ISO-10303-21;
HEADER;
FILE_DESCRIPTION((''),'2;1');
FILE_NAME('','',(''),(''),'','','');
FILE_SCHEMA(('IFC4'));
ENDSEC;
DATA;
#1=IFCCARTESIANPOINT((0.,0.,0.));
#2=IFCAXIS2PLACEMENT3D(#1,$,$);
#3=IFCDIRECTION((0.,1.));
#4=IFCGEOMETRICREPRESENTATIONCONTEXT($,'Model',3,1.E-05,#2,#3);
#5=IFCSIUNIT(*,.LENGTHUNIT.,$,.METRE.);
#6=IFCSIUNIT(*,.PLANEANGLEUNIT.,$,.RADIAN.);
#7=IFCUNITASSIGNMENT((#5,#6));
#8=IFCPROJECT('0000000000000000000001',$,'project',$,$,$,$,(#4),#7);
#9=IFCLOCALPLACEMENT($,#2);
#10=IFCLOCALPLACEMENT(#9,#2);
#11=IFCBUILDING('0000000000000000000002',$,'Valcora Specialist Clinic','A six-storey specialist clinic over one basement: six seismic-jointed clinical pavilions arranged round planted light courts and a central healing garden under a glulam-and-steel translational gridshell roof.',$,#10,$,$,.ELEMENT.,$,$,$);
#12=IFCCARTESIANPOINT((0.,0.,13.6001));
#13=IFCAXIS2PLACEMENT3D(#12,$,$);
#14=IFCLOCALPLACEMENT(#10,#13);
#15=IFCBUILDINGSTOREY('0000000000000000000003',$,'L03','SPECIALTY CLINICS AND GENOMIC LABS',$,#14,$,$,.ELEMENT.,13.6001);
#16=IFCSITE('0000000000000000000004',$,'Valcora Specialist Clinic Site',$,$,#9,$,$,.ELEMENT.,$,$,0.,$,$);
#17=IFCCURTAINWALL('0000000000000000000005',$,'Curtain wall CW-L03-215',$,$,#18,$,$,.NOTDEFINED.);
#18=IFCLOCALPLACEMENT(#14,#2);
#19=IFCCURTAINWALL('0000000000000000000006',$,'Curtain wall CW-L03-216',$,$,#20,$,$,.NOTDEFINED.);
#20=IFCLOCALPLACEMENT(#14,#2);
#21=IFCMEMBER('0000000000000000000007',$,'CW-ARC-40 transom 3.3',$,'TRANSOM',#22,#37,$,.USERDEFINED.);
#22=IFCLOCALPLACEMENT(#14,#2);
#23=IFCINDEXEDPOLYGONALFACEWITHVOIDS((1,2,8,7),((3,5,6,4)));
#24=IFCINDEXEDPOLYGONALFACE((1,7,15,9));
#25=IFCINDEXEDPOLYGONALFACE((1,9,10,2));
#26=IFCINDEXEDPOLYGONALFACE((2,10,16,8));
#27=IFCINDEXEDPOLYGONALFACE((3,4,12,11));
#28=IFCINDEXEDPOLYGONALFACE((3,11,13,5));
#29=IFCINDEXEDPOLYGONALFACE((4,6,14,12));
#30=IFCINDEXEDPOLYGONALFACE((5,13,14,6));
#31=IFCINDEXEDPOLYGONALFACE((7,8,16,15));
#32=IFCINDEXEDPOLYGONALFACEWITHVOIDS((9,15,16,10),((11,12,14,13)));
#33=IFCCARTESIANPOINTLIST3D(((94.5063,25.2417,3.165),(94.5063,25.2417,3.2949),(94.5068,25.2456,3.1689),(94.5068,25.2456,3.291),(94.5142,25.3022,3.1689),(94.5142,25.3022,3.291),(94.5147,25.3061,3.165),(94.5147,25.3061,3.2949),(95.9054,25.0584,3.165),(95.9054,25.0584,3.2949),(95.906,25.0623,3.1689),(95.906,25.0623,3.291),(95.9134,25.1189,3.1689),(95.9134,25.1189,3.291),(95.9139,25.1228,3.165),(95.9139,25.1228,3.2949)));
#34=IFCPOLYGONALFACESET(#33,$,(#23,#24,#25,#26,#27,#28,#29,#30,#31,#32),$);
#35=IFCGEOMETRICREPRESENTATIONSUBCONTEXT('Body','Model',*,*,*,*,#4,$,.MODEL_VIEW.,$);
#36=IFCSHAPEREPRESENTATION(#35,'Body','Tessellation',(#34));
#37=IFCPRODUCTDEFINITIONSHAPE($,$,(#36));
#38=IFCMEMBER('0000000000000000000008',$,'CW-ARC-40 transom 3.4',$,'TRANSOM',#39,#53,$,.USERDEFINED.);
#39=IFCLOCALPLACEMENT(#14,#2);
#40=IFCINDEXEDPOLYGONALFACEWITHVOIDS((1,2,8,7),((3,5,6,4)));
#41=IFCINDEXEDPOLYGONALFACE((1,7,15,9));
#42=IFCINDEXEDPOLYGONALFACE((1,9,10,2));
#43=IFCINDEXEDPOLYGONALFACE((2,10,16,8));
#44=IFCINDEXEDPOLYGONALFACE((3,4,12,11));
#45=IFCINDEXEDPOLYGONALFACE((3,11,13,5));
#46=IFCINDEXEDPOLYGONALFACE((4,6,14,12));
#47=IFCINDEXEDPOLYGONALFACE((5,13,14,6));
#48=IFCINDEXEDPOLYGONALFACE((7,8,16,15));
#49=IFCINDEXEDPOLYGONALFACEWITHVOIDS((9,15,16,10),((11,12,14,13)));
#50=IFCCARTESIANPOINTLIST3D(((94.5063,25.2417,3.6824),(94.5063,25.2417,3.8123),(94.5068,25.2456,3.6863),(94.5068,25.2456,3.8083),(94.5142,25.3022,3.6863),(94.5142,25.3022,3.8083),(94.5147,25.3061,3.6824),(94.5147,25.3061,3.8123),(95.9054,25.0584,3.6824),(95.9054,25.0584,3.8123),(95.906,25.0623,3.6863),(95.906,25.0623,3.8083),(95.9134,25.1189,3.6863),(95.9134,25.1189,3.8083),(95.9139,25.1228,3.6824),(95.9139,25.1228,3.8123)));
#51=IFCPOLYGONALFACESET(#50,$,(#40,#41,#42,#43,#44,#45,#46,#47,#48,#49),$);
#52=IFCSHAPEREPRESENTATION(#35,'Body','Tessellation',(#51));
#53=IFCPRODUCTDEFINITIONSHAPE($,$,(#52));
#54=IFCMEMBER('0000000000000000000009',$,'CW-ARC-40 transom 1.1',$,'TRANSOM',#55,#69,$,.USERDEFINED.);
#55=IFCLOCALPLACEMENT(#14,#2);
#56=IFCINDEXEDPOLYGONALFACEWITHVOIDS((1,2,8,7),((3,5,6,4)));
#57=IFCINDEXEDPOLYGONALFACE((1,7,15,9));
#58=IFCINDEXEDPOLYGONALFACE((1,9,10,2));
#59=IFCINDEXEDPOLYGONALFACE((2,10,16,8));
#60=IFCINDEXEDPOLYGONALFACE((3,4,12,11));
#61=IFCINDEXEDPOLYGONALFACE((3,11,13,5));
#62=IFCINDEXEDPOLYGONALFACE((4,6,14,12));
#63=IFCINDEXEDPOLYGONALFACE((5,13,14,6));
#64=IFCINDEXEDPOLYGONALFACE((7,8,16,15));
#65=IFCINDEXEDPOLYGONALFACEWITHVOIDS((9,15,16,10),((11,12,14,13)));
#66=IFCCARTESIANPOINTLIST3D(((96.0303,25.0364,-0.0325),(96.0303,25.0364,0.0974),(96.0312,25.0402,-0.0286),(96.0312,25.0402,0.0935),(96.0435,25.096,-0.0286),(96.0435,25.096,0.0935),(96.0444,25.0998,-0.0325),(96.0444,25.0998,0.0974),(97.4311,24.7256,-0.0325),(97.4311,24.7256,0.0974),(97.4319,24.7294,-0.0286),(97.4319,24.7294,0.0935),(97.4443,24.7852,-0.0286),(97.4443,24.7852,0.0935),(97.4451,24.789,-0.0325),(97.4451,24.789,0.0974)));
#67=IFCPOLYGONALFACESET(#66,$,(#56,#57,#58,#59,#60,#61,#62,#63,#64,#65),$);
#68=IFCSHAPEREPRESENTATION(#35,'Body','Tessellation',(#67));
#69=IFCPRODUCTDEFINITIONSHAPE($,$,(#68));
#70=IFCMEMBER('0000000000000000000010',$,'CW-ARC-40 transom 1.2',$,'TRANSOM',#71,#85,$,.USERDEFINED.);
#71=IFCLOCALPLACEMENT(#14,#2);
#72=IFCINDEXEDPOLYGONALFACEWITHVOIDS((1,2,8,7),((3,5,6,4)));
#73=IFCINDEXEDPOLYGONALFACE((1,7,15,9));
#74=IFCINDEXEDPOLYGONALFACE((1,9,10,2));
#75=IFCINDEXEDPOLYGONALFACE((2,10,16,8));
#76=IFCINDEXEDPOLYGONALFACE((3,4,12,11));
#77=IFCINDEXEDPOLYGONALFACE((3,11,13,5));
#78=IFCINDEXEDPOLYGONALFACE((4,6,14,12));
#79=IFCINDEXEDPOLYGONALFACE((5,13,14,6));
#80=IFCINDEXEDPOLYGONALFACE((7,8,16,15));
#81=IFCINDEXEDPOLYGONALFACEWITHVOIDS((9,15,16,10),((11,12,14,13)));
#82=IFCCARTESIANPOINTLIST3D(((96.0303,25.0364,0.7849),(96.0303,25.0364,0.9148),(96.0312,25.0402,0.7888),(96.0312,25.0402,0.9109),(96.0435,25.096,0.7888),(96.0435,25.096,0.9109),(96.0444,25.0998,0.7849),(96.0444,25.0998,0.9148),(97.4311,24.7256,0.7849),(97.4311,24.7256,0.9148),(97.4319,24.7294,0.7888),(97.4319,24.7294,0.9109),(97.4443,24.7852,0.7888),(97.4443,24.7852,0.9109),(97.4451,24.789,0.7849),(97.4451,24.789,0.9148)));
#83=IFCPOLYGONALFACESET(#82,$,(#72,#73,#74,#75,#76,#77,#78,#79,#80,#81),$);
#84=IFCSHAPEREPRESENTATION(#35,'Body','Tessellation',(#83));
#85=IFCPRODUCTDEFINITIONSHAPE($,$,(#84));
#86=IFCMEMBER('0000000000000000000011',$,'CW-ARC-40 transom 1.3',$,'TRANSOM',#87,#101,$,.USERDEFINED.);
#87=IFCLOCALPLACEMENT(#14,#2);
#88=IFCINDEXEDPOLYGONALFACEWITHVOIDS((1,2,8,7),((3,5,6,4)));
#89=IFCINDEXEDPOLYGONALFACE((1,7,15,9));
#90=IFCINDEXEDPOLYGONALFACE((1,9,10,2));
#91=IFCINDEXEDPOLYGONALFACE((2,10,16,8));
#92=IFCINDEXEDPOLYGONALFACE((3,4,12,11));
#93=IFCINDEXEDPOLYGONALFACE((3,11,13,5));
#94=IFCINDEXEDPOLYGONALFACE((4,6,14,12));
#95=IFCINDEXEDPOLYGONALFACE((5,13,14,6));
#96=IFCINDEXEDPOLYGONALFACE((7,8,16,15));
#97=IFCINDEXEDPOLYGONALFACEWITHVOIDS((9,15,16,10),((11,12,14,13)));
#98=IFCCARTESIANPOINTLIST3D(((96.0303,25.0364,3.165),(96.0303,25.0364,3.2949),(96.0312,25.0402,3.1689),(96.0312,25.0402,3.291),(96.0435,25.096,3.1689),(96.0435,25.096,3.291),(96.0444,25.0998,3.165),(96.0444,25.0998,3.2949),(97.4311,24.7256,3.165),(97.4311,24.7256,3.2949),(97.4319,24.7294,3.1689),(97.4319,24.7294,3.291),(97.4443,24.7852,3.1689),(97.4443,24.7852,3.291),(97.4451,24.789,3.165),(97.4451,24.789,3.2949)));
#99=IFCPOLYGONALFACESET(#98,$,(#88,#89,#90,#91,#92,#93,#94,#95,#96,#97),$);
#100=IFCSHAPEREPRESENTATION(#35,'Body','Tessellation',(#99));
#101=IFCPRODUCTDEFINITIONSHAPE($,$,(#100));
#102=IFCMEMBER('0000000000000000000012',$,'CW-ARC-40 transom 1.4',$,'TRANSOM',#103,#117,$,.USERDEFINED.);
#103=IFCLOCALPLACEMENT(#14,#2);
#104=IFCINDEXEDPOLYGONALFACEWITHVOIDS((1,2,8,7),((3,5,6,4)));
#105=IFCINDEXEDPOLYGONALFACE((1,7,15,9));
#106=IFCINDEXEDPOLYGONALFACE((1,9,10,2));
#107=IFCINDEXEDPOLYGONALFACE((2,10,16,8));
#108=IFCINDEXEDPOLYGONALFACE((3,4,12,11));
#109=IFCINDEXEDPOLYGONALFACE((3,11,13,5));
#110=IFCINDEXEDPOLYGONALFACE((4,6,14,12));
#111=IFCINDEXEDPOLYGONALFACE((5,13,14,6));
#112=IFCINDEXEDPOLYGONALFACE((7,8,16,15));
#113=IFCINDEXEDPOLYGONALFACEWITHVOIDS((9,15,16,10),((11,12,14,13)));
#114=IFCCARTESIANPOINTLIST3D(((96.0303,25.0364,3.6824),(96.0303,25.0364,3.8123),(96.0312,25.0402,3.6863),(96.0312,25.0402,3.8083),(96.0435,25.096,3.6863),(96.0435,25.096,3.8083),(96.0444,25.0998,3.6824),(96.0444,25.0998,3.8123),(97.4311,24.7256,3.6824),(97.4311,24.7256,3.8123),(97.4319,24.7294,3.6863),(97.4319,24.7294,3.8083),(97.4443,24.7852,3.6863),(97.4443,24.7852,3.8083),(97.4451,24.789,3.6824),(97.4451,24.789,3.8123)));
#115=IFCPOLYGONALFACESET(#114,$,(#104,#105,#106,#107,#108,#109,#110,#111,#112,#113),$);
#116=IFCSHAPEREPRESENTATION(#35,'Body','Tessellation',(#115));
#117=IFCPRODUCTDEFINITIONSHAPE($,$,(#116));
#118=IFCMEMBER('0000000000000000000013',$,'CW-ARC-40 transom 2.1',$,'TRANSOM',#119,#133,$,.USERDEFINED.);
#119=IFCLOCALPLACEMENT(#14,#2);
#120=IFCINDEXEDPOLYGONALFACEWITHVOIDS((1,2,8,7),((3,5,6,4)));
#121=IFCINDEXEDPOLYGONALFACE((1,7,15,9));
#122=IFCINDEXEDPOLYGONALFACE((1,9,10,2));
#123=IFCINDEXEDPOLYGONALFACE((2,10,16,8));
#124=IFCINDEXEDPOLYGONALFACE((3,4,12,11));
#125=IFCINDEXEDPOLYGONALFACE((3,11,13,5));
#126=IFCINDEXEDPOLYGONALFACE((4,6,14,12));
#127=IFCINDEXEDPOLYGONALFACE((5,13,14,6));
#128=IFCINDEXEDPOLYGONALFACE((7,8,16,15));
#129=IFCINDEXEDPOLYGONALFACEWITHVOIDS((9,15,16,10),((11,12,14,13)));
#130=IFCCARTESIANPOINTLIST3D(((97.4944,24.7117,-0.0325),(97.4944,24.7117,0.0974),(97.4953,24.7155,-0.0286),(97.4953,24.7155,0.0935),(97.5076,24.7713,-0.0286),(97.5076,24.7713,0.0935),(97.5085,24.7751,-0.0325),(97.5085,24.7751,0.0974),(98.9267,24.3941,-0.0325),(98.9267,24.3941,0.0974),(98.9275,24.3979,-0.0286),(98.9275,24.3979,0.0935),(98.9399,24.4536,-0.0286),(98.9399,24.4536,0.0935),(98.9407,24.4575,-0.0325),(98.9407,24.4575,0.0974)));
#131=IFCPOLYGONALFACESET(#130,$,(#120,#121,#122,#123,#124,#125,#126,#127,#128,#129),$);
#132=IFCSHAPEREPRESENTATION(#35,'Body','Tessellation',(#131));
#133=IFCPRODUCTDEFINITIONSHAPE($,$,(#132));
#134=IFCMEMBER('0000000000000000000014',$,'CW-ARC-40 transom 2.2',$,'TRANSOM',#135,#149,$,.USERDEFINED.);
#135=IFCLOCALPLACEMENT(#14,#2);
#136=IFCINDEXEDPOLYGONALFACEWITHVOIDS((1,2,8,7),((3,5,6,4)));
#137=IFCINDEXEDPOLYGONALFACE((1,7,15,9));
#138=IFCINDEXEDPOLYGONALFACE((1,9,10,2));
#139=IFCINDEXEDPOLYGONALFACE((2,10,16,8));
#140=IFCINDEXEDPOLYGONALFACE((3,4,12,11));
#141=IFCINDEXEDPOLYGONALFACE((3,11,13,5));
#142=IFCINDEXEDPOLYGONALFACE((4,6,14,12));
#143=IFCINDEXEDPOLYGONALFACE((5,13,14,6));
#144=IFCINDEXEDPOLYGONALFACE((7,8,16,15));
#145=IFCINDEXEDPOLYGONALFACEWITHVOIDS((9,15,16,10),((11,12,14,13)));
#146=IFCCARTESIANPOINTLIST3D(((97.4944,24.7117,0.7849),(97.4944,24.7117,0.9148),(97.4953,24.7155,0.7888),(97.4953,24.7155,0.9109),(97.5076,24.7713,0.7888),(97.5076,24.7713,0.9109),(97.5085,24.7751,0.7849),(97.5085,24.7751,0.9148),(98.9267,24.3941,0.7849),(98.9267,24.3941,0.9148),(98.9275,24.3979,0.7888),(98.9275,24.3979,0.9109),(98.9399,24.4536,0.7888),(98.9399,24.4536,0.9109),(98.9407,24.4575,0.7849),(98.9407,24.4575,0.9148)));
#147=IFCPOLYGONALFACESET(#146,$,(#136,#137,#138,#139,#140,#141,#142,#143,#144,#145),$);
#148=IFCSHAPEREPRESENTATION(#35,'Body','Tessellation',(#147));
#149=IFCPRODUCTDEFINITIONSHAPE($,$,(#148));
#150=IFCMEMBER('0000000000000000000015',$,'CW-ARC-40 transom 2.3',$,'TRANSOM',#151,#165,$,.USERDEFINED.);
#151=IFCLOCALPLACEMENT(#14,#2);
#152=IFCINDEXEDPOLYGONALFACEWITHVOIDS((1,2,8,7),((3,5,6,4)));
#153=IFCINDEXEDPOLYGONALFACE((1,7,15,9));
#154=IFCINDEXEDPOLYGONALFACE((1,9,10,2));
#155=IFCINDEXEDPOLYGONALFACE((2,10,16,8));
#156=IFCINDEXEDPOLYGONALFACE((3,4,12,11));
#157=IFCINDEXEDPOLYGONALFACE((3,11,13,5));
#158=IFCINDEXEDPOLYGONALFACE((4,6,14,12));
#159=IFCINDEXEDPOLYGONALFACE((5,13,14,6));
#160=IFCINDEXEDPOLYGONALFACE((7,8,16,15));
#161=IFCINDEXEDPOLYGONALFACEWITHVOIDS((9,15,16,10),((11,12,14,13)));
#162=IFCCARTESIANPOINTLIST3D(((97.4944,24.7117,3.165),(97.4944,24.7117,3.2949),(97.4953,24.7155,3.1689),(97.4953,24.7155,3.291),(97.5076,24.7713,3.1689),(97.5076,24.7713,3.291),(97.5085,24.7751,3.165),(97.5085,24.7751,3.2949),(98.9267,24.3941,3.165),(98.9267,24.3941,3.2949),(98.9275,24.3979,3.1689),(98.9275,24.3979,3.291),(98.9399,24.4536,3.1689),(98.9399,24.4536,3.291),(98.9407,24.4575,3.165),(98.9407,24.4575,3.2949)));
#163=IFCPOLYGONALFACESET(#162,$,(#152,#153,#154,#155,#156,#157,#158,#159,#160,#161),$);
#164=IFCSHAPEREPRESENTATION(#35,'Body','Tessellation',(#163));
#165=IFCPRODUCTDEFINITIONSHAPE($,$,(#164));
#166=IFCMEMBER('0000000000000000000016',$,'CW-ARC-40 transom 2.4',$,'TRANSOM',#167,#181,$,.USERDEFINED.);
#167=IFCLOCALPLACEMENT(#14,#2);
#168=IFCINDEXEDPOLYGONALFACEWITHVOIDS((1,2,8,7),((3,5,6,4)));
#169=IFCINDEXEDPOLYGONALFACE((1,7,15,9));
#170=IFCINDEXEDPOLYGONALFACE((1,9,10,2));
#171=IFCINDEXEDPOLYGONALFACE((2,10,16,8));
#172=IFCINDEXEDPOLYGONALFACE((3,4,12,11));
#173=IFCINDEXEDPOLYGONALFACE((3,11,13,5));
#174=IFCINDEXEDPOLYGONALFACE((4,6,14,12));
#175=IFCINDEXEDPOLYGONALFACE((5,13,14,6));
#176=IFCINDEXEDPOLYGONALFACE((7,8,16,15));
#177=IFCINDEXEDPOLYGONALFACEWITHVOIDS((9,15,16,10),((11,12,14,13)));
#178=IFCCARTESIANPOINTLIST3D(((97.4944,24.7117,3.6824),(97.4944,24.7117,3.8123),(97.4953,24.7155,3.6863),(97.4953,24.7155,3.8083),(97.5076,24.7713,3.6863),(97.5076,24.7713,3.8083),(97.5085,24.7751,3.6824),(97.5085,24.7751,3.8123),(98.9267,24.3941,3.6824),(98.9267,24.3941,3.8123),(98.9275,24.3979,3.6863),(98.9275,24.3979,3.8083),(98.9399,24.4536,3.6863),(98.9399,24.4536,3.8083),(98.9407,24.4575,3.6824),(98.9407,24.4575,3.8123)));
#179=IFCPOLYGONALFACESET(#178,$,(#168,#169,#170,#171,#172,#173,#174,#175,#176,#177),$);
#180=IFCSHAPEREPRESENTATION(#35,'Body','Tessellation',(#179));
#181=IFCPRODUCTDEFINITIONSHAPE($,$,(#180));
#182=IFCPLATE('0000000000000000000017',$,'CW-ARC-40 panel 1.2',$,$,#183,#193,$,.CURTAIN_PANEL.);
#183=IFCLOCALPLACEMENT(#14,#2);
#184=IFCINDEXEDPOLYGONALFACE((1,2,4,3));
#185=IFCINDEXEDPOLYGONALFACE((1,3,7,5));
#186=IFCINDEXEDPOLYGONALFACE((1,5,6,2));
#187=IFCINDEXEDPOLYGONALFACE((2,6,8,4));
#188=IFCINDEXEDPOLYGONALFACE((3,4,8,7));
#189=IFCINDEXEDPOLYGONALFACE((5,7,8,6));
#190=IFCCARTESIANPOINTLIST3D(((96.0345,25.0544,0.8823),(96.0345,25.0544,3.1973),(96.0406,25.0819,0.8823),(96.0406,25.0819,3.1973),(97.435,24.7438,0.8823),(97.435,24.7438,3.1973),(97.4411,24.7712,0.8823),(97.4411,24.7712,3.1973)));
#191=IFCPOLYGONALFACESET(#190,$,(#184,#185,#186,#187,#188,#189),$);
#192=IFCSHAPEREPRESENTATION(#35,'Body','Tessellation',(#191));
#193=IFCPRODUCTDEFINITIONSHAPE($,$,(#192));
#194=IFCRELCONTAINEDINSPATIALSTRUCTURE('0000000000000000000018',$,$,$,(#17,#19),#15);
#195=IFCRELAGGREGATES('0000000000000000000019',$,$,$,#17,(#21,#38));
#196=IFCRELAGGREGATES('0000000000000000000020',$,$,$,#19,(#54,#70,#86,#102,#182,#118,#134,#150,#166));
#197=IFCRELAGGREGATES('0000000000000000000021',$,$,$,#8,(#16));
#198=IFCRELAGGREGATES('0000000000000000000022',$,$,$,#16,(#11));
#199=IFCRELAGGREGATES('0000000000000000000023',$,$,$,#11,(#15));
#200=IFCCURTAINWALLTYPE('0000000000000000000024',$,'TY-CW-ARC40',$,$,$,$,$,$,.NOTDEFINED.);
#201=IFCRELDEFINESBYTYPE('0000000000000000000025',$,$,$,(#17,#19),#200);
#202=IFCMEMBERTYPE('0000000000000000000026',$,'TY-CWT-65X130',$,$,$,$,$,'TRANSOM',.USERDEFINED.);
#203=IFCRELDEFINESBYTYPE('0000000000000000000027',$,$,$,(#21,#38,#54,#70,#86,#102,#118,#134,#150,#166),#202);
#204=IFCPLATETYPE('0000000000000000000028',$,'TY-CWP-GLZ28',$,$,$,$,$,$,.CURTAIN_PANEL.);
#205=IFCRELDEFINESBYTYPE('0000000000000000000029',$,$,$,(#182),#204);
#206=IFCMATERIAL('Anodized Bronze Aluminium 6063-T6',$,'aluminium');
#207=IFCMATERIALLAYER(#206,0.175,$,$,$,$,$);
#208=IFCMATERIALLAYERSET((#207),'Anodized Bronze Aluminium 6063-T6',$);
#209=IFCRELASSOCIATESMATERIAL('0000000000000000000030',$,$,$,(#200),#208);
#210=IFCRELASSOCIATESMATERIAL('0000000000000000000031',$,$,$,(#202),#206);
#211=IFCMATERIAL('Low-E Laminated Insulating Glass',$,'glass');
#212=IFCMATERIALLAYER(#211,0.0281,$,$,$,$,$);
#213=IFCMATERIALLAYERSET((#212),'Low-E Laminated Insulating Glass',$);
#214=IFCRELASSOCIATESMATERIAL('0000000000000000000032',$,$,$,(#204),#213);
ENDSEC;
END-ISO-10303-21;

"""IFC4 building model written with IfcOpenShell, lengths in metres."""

from ifc_helpers import new_model, si_unit, direction, frame, origin, origin_2d, place, context, subcontext, project, spatial, rectangle, hollow_rectangle, extrude, material, layer, layer_set, material_profile, profile_set, type_object, element, aggregate, save


model = new_model("IFC4")

# Units and contexts
model_context = context("Model", 3, precision=1e-05, world=origin(), true_north=direction((0.0, 1.0)))
body_context = subcontext(model_context, "Body", "Model", "MODEL_VIEW")
ifc_project = project(units=[si_unit("LENGTHUNIT", "METRE"), si_unit("PLANEANGLEUNIT", "RADIAN")], contexts=[model_context])

# Site, building, storey
site_placement = place(None, origin())
site = spatial("IfcSite", under=ifc_project, at=site_placement, Name="Valcora Specialist Clinic Site", CompositionType="ELEMENT", RefElevation=0.0)
building_placement = place(site_placement, origin())
building = spatial("IfcBuilding", under=site, at=building_placement, Name="Valcora Specialist Clinic", Description="A six-storey specialist clinic over one basement: six seismic-jointed clinical pavilions arranged round planted light courts and a central healing garden under a glulam-and-steel translational gridshell roof.", CompositionType="ELEMENT")
storey_placement = place(building_placement, frame((0.0, 0.0, 13.6001)))
storey = spatial("IfcBuildingStorey", under=building, at=storey_placement, Name="L03", Description="SPECIALTY CLINICS AND GENOMIC LABS", CompositionType="ELEMENT", Elevation=13.6001)

# Curtain walls
ifc_material_1 = material(Name="Anodized Bronze Aluminium 6063-T6", Category="aluminium")
ifc_layer_1 = layer(ifc_material_1, 0.175)
ifc_layer_set_1 = layer_set([ifc_layer_1], Name="Anodized Bronze Aluminium 6063-T6")
curtain_wall_type = type_object("IfcCurtainWallType", Name="TY-CW-ARC40", PredefinedType="NOTDEFINED", material=ifc_layer_set_1)
curtain_wall_1_placement = place(storey_placement, origin())
curtain_wall_1 = element("IfcCurtainWall", 1, at=curtain_wall_1_placement, inside=storey, type_object=curtain_wall_type, Name="Curtain wall CW-L03-215", PredefinedType="NOTDEFINED")
curtain_wall_2_placement = place(storey_placement, origin())
curtain_wall_2 = element("IfcCurtainWall", 2, at=curtain_wall_2_placement, inside=storey, type_object=curtain_wall_type, Name="Curtain wall CW-L03-216", PredefinedType="NOTDEFINED")

# Members
ifc_material_profile_1 = material_profile(ifc_material_1, hollow_rectangle(XDim=0.0649, YDim=0.1299, WallThickness=0.0039, at=origin_2d()), Name="AL-TRN-65X130")
ifc_profile_set_1 = profile_set([ifc_material_profile_1], Name="Anodized Bronze Aluminium 6063-T6")
member_type_1 = type_object("IfcMemberType", Name="TY-CWT-65X130", ElementType="TRANSOM", PredefinedType="USERDEFINED", material=ifc_profile_set_1)
member_1_placement = place(storey_placement, frame((94.5105, 25.2739, 3.23), z_axis=(0.991523, -0.129931, 0.0), x_axis=(0.129931, 0.991523, 0.0)))
member_1 = element("IfcMember", 3, at=member_1_placement, type_object=member_type_1, Name="CW-ARC-40 transom 3.3", ObjectType="TRANSOM", PredefinedType="USERDEFINED", context=body_context, shape_type="SweptSolid", body=[
    extrude(hollow_rectangle(XDim=0.0649, YDim=0.1299, WallThickness=0.0039, at=origin_2d()), origin(), (0.0, 0.0, 1.0), 1.4111),
])
member_2_placement = place(storey_placement, frame((94.5105, 25.2739, 3.7473), z_axis=(0.991523, -0.129931, 0.0), x_axis=(0.129931, 0.991523, 0.0)))
member_2 = element("IfcMember", 4, at=member_2_placement, type_object=member_type_1, Name="CW-ARC-40 transom 3.4", ObjectType="TRANSOM", PredefinedType="USERDEFINED", context=body_context, shape_type="SweptSolid", body=[
    extrude(hollow_rectangle(XDim=0.0649, YDim=0.1299, WallThickness=0.0039, at=origin_2d()), origin(), (0.0, 0.0, 1.0), 1.4111),
])
member_3_placement = place(storey_placement, frame((96.0374, 25.0681, 0.0325), z_axis=(0.976255, -0.216624, 0.0), x_axis=(0.216624, 0.976255, 0.0)))
member_3 = element("IfcMember", 5, at=member_3_placement, type_object=member_type_1, Name="CW-ARC-40 transom 1.1", ObjectType="TRANSOM", PredefinedType="USERDEFINED", context=body_context, shape_type="SweptSolid", body=[
    extrude(hollow_rectangle(XDim=0.0649, YDim=0.1299, WallThickness=0.0039, at=origin_2d()), origin(), (0.0, 0.0, 1.0), 1.4348),
])
member_4_placement = place(storey_placement, frame((96.0374, 25.0681, 0.8499), z_axis=(0.976255, -0.216624, 0.0), x_axis=(0.216624, 0.976255, 0.0)))
member_4 = element("IfcMember", 6, at=member_4_placement, type_object=member_type_1, Name="CW-ARC-40 transom 1.2", ObjectType="TRANSOM", PredefinedType="USERDEFINED", context=body_context, shape_type="SweptSolid", body=[
    extrude(hollow_rectangle(XDim=0.0649, YDim=0.1299, WallThickness=0.0039, at=origin_2d()), origin(), (0.0, 0.0, 1.0), 1.4348),
])
member_5_placement = place(storey_placement, frame((96.0374, 25.0681, 3.23), z_axis=(0.976255, -0.216624, 0.0), x_axis=(0.216624, 0.976255, 0.0)))
member_5 = element("IfcMember", 7, at=member_5_placement, type_object=member_type_1, Name="CW-ARC-40 transom 1.3", ObjectType="TRANSOM", PredefinedType="USERDEFINED", context=body_context, shape_type="SweptSolid", body=[
    extrude(hollow_rectangle(XDim=0.0649, YDim=0.1299, WallThickness=0.0039, at=origin_2d()), origin(), (0.0, 0.0, 1.0), 1.4348),
])
member_6_placement = place(storey_placement, frame((96.0374, 25.0681, 3.7473), z_axis=(0.976255, -0.216624, 0.0), x_axis=(0.216624, 0.976255, 0.0)))
member_6 = element("IfcMember", 8, at=member_6_placement, type_object=member_type_1, Name="CW-ARC-40 transom 1.4", ObjectType="TRANSOM", PredefinedType="USERDEFINED", context=body_context, shape_type="SweptSolid", body=[
    extrude(hollow_rectangle(XDim=0.0649, YDim=0.1299, WallThickness=0.0039, at=origin_2d()), origin(), (0.0, 0.0, 1.0), 1.4348),
])
member_7_placement = place(storey_placement, frame((97.5015, 24.7434, 0.0325), z_axis=(0.976277, -0.216525, 0.0), x_axis=(0.216525, 0.976277, 0.0)))
member_7 = element("IfcMember", 9, at=member_7_placement, type_object=member_type_1, Name="CW-ARC-40 transom 2.1", ObjectType="TRANSOM", PredefinedType="USERDEFINED", context=body_context, shape_type="SweptSolid", body=[
    extrude(hollow_rectangle(XDim=0.0649, YDim=0.1299, WallThickness=0.0039, at=origin_2d()), origin(), (0.0, 0.0, 1.0), 1.467),
])
member_8_placement = place(storey_placement, frame((97.5015, 24.7434, 0.8499), z_axis=(0.976277, -0.216525, 0.0), x_axis=(0.216525, 0.976277, 0.0)))
member_8 = element("IfcMember", 10, at=member_8_placement, type_object=member_type_1, Name="CW-ARC-40 transom 2.2", ObjectType="TRANSOM", PredefinedType="USERDEFINED", context=body_context, shape_type="SweptSolid", body=[
    extrude(hollow_rectangle(XDim=0.0649, YDim=0.1299, WallThickness=0.0039, at=origin_2d()), origin(), (0.0, 0.0, 1.0), 1.467),
])
member_9_placement = place(storey_placement, frame((97.5015, 24.7434, 3.23), z_axis=(0.976277, -0.216525, 0.0), x_axis=(0.216525, 0.976277, 0.0)))
member_9 = element("IfcMember", 11, at=member_9_placement, type_object=member_type_1, Name="CW-ARC-40 transom 2.3", ObjectType="TRANSOM", PredefinedType="USERDEFINED", context=body_context, shape_type="SweptSolid", body=[
    extrude(hollow_rectangle(XDim=0.0649, YDim=0.1299, WallThickness=0.0039, at=origin_2d()), origin(), (0.0, 0.0, 1.0), 1.467),
])
member_10_placement = place(storey_placement, frame((97.5015, 24.7434, 3.7473), z_axis=(0.976277, -0.216525, 0.0), x_axis=(0.216525, 0.976277, 0.0)))
member_10 = element("IfcMember", 12, at=member_10_placement, type_object=member_type_1, Name="CW-ARC-40 transom 2.4", ObjectType="TRANSOM", PredefinedType="USERDEFINED", context=body_context, shape_type="SweptSolid", body=[
    extrude(hollow_rectangle(XDim=0.0649, YDim=0.1299, WallThickness=0.0039, at=origin_2d()), origin(), (0.0, 0.0, 1.0), 1.467),
])

# Plate
ifc_material_2 = material(Name="Low-E Laminated Insulating Glass", Category="glass")
ifc_layer_2 = layer(ifc_material_2, 0.0281)
ifc_layer_set_2 = layer_set([ifc_layer_2], Name="Low-E Laminated Insulating Glass")
plate_type_1 = type_object("IfcPlateType", Name="TY-CWP-GLZ28", PredefinedType="CURTAIN_PANEL", material=ifc_layer_set_2)
plate_1_placement = place(storey_placement, frame((96.7378, 24.9128, 0.8823), z_axis=(0.0, 0.0, 1.0), x_axis=(0.976279, -0.216518, 0.0)))
plate_1 = element("IfcPlate", 13, at=plate_1_placement, type_object=plate_type_1, Name="CW-ARC-40 panel 1.2", PredefinedType="CURTAIN_PANEL", context=body_context, shape_type="SweptSolid", body=[
    extrude(rectangle(XDim=1.4346, YDim=0.0281, at=origin_2d()), origin(), (0.0, 0.0, 1.0), 2.3149),
])
aggregate(curtain_wall_1, [member_1, member_2])
aggregate(curtain_wall_2, [member_3, member_4, member_5, member_6, plate_1, member_7, member_8, member_9, member_10])

save(model, "model.ifc")
